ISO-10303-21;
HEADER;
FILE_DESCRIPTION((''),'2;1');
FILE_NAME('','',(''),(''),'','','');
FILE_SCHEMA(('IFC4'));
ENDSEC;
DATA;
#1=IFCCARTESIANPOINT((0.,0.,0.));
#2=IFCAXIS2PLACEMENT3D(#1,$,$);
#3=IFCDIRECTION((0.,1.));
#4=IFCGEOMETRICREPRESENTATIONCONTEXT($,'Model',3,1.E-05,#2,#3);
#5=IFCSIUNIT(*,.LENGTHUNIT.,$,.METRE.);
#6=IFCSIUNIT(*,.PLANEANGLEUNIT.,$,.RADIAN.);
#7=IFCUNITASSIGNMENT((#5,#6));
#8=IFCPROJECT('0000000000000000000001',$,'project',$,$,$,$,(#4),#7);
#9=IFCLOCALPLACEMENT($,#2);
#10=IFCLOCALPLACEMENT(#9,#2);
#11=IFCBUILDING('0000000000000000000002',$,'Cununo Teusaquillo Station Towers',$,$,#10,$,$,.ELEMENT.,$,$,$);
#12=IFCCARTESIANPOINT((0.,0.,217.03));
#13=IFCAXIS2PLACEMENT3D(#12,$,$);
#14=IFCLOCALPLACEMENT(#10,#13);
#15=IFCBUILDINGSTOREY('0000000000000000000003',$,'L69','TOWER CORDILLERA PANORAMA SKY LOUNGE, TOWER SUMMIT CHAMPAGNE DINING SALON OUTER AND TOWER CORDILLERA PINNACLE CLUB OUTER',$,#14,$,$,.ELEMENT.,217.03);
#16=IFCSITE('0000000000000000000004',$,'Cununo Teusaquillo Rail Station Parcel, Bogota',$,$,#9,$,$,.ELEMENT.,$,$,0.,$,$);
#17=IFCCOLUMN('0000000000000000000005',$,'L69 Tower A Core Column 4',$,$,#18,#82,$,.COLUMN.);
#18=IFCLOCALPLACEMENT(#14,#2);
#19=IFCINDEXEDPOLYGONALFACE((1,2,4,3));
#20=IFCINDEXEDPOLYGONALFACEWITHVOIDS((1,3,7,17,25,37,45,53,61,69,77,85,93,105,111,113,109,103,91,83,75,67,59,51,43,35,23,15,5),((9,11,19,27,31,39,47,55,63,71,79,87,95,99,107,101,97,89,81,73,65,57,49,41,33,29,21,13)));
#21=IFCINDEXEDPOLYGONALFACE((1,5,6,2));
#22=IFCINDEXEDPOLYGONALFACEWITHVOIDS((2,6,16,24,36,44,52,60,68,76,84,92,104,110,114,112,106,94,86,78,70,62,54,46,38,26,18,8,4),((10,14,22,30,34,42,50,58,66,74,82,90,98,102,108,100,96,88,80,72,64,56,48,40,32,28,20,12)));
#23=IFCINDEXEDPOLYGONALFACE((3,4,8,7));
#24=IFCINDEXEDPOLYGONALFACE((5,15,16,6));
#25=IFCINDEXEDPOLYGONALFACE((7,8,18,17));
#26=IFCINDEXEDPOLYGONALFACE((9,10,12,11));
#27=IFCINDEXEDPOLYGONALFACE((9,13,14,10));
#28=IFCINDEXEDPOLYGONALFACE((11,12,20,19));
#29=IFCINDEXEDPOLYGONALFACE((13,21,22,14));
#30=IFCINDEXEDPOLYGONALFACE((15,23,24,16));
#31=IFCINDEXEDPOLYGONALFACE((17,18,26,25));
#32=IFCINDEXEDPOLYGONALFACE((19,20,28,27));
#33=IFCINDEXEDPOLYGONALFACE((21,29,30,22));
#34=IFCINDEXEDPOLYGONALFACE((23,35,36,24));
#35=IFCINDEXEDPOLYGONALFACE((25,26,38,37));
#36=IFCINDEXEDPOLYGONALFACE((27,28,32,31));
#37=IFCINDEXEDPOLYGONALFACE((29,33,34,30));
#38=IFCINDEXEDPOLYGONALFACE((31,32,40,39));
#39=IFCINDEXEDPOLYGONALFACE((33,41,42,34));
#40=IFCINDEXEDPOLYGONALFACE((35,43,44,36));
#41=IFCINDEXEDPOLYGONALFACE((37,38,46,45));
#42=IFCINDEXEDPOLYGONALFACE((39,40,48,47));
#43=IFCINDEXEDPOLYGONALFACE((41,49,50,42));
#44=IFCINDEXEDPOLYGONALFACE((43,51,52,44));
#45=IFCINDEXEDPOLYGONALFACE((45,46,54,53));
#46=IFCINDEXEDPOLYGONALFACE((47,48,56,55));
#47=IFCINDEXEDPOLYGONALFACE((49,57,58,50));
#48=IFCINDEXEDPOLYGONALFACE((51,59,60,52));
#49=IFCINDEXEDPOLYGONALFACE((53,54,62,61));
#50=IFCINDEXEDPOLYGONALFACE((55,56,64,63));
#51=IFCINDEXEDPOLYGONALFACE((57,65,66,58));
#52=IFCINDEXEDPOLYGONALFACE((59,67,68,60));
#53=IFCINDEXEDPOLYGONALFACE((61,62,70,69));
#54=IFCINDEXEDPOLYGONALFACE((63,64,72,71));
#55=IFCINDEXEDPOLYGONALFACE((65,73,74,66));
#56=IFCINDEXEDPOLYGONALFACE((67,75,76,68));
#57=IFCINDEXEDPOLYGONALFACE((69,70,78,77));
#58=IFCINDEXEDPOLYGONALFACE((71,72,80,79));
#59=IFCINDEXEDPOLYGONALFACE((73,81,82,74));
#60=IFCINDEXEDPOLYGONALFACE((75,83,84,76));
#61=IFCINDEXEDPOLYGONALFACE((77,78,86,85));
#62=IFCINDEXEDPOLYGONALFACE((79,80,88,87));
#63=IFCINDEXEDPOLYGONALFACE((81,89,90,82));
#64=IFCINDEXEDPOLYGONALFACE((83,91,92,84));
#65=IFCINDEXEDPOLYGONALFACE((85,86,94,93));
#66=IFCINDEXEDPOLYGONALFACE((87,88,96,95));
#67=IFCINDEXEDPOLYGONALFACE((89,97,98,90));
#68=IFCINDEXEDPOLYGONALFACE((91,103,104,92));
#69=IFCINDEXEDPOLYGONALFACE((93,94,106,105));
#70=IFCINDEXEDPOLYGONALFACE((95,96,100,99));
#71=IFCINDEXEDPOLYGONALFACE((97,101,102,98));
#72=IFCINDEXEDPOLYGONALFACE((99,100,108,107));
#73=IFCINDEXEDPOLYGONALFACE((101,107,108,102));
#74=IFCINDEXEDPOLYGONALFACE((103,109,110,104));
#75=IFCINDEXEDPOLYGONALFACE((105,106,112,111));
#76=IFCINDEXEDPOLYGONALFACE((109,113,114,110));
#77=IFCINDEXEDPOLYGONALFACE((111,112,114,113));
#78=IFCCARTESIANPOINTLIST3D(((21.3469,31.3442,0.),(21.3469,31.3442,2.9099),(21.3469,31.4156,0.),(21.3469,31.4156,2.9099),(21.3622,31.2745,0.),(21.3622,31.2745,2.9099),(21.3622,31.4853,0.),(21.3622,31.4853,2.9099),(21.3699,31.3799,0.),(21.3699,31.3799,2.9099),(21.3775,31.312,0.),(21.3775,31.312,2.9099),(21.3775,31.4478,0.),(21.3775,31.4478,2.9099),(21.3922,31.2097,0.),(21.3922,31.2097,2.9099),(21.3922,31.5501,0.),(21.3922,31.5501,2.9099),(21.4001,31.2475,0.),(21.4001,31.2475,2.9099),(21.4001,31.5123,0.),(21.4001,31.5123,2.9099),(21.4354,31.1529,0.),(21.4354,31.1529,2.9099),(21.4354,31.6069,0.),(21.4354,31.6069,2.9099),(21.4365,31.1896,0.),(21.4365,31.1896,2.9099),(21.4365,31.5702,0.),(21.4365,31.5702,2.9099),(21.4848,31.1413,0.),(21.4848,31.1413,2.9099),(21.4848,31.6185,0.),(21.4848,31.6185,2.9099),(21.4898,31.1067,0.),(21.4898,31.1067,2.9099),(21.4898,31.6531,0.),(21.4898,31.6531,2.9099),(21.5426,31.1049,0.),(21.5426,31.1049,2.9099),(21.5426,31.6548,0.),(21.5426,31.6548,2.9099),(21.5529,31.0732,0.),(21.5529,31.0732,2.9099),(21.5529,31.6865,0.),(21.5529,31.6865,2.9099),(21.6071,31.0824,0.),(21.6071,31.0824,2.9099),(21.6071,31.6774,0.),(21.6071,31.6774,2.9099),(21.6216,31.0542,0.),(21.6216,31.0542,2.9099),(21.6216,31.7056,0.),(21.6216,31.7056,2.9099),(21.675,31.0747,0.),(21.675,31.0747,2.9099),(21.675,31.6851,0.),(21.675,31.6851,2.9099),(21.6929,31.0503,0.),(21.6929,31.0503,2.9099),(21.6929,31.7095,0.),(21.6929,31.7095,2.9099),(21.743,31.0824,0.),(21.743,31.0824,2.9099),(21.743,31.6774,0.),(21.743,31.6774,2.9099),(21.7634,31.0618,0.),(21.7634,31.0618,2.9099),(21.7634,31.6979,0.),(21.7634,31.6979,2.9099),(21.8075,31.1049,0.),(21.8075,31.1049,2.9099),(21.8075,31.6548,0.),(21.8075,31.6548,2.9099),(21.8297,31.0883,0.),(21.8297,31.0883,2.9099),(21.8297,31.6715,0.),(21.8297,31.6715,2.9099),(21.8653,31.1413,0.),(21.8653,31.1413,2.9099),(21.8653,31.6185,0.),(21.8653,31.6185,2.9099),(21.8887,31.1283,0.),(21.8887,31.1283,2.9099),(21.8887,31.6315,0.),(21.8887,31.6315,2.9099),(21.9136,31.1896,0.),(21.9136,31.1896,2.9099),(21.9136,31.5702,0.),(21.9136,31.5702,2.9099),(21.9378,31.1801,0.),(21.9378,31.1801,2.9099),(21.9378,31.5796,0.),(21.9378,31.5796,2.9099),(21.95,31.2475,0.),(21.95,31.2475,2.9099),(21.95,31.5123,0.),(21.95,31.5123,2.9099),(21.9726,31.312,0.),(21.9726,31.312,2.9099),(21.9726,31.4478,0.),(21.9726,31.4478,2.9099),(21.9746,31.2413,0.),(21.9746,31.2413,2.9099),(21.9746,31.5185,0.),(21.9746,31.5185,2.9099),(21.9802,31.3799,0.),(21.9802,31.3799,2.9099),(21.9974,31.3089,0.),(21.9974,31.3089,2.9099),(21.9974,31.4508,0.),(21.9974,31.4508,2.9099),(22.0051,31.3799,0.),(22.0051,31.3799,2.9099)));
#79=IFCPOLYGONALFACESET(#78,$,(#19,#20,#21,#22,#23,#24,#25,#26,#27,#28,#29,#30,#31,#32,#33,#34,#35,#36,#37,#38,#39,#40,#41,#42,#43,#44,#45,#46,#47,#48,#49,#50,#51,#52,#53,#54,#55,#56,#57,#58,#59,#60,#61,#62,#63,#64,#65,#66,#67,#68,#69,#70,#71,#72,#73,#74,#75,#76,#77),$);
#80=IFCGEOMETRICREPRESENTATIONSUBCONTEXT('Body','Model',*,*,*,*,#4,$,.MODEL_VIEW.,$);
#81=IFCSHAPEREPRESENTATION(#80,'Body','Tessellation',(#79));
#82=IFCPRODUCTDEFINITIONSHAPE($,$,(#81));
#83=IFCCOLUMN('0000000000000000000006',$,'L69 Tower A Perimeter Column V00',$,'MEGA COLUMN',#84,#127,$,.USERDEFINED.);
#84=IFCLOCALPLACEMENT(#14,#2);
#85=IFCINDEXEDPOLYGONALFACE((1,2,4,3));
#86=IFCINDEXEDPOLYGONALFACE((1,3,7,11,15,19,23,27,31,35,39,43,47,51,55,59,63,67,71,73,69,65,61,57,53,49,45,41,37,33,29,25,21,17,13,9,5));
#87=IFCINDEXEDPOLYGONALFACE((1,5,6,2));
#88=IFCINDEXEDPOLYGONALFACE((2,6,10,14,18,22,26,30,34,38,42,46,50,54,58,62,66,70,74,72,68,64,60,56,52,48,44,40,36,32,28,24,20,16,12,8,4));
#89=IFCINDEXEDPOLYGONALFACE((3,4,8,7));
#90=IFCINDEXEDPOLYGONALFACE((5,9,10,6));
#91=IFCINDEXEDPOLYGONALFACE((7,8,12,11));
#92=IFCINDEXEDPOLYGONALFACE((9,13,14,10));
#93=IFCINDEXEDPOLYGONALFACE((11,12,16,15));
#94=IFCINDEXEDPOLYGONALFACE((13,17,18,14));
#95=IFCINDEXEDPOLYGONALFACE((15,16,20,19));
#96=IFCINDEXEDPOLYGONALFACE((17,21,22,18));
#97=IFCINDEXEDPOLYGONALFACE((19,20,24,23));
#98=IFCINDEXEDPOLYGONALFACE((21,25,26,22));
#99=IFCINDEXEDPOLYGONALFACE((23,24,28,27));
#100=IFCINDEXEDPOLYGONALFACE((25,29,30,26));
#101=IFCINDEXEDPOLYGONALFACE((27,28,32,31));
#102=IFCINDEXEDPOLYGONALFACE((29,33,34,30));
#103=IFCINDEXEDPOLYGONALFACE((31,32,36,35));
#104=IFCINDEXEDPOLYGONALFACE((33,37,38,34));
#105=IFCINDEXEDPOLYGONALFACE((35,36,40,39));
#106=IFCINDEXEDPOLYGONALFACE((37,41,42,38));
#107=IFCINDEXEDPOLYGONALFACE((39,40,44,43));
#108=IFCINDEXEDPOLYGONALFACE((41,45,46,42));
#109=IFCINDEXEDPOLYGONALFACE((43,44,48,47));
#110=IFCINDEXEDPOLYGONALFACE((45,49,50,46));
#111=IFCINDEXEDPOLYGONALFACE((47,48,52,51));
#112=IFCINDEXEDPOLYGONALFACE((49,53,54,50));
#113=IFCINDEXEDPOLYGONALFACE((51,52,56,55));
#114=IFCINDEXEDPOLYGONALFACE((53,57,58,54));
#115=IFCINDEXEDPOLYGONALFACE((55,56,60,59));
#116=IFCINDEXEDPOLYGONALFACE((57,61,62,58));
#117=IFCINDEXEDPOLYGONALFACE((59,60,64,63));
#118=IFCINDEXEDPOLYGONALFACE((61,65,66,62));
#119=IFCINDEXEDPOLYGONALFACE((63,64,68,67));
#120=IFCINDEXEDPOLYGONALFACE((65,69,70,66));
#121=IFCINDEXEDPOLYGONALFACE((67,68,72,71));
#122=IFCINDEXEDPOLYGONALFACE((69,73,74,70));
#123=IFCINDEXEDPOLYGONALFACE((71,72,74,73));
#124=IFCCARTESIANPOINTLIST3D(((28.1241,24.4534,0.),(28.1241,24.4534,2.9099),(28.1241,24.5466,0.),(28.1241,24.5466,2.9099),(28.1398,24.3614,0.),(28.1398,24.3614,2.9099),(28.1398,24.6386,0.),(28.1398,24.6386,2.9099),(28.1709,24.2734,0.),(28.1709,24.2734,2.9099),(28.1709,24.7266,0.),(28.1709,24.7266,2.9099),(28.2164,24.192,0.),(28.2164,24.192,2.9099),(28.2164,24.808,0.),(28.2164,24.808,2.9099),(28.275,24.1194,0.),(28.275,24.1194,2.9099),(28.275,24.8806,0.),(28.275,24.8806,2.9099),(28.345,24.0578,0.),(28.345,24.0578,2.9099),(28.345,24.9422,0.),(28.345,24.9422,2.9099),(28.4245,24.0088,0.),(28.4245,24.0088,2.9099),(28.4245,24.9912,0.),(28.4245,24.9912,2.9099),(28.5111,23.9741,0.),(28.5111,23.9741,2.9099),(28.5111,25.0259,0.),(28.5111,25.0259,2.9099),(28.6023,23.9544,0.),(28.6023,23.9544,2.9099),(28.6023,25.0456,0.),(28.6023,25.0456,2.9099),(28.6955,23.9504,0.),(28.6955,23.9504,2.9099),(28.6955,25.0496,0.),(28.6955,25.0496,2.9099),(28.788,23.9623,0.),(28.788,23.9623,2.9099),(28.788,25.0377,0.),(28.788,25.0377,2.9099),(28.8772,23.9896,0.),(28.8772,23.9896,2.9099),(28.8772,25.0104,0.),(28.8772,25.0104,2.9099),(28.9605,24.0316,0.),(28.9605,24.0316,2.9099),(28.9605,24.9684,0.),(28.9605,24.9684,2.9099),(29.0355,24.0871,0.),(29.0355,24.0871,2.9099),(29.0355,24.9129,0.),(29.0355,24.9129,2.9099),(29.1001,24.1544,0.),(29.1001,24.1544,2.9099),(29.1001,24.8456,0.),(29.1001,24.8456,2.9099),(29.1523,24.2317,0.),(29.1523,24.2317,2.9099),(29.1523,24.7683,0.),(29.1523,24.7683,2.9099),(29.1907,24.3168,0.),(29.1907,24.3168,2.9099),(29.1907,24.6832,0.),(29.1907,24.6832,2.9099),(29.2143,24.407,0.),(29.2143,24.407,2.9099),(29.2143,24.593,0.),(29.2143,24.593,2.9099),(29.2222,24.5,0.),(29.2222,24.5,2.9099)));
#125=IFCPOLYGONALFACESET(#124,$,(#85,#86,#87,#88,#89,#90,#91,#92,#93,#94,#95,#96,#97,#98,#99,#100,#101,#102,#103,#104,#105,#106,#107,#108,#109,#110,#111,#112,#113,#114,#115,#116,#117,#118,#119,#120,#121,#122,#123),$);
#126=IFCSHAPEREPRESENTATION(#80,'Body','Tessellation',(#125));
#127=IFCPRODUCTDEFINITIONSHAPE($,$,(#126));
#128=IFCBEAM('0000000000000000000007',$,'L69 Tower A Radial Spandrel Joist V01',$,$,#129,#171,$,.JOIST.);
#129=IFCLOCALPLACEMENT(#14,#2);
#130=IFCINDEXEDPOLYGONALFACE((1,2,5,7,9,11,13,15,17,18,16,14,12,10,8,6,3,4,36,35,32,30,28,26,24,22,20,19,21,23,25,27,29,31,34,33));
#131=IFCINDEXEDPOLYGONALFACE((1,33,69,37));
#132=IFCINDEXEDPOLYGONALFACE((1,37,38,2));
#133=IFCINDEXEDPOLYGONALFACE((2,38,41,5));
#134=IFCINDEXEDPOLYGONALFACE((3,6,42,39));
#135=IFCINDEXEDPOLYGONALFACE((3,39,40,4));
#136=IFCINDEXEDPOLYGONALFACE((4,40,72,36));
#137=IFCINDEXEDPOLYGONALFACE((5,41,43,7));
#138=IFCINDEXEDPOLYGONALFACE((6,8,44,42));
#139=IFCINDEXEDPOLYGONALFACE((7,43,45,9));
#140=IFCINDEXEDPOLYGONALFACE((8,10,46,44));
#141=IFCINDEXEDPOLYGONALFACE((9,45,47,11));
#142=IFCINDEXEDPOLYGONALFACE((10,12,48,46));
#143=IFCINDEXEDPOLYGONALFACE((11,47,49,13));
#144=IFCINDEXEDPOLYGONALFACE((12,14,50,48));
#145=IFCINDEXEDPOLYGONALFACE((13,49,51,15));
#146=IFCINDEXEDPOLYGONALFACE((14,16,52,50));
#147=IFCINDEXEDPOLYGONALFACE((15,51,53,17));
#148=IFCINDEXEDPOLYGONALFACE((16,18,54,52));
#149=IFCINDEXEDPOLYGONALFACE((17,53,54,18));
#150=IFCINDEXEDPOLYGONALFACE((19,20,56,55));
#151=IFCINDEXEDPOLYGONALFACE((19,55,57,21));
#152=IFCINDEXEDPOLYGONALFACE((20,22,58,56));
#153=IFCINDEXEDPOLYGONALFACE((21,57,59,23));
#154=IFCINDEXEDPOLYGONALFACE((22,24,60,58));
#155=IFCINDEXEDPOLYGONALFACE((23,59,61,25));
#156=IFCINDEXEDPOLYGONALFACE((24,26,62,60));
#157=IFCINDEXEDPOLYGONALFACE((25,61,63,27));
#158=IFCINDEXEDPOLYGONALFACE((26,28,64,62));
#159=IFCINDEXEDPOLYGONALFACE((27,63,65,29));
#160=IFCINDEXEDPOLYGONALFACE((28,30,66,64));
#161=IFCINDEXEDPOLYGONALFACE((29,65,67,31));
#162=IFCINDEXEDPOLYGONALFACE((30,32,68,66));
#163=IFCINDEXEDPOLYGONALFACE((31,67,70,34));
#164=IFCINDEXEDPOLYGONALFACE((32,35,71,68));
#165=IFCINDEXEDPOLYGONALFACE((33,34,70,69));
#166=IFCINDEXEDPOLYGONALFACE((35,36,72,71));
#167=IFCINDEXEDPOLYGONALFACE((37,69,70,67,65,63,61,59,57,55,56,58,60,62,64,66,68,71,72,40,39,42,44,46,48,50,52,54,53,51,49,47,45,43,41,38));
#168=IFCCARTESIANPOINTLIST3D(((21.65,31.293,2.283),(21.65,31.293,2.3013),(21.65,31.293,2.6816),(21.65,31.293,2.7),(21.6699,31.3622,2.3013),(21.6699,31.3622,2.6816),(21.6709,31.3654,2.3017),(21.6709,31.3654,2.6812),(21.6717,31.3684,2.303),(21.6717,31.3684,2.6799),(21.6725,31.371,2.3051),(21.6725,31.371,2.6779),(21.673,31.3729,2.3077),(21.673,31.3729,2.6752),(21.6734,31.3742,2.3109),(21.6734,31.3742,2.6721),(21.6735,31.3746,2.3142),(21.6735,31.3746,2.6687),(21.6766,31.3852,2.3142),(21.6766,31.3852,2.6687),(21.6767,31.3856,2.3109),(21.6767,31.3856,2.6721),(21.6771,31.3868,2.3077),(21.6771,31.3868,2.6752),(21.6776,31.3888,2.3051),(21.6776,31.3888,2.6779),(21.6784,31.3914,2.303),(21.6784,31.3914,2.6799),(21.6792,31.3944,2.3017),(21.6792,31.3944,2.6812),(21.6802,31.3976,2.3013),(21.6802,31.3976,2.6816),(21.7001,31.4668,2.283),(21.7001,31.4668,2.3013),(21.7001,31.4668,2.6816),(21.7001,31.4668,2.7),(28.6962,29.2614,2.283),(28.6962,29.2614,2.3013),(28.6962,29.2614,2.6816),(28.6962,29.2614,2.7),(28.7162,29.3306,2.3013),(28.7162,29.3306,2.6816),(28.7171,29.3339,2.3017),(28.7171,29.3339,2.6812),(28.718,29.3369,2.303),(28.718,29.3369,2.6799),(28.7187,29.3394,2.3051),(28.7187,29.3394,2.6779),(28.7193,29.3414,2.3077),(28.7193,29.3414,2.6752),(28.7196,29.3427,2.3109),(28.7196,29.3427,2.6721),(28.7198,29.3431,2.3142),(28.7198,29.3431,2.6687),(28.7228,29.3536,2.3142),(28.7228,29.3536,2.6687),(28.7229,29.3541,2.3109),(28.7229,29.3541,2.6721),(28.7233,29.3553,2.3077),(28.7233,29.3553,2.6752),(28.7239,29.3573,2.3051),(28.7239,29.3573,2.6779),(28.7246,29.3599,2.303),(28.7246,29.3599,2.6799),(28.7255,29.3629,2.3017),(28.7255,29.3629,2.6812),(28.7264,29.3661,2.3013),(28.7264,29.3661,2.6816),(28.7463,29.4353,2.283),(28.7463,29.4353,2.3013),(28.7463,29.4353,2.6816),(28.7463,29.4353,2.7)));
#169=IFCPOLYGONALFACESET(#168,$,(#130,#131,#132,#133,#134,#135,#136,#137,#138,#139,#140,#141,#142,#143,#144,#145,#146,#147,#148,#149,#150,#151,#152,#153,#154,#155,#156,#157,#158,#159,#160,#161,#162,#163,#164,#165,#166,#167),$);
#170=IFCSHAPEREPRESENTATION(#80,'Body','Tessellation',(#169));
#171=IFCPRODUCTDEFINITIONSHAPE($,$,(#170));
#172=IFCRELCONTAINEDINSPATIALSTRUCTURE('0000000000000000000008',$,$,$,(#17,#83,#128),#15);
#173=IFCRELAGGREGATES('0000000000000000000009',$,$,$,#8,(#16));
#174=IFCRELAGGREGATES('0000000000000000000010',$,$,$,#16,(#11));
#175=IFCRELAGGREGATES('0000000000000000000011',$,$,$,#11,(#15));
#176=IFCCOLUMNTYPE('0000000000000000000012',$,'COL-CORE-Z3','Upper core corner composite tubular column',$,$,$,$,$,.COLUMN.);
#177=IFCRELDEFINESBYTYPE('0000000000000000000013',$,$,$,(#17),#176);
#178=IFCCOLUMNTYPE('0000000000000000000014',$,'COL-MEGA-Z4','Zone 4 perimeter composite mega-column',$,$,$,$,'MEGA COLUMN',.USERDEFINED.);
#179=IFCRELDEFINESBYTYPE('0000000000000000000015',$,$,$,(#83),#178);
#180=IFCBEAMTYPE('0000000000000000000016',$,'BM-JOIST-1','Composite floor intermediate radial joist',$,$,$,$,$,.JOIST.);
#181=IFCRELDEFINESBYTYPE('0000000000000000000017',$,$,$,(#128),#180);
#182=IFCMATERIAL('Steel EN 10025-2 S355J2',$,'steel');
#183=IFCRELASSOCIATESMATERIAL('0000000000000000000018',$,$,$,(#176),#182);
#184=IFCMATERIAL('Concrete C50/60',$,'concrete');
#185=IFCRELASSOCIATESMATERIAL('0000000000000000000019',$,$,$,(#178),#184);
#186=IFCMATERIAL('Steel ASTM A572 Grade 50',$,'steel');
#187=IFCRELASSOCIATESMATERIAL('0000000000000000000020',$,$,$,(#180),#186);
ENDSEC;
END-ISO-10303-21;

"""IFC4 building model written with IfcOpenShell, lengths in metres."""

from ifc_helpers import new_model, si_unit, direction, frame, origin, origin_2d, place, context, subcontext, project, spatial, circle, hollow_circle, i_section, extrude, material, material_profile, profile_set, type_object, element, save


model = new_model("IFC4")

# Units and contexts
model_context = context("Model", 3, precision=1e-05, world=origin(), true_north=direction((0.0, 1.0)))
body_context = subcontext(model_context, "Body", "Model", "MODEL_VIEW")
ifc_project = project(units=[si_unit("LENGTHUNIT", "METRE"), si_unit("PLANEANGLEUNIT", "RADIAN")], contexts=[model_context])

# Site, building, storey
site_placement = place(None, origin())
site = spatial("IfcSite", under=ifc_project, at=site_placement, Name="Cununo Teusaquillo Rail Station Parcel, Bogota", CompositionType="ELEMENT", RefElevation=0.0)
building_placement = place(site_placement, origin())
building = spatial("IfcBuilding", under=site, at=building_placement, Name="Cununo Teusaquillo Station Towers", CompositionType="ELEMENT")
storey_placement = place(building_placement, frame((0.0, 0.0, 217.03)))
storey = spatial("IfcBuildingStorey", under=building, at=storey_placement, Name="L69", Description="TOWER CORDILLERA PANORAMA SKY LOUNGE, TOWER SUMMIT CHAMPAGNE DINING SALON OUTER AND TOWER CORDILLERA PINNACLE CLUB OUTER", CompositionType="ELEMENT", Elevation=217.03)

# Columns
ifc_material_1 = material(Name="Steel EN 10025-2 S355J2", Category="steel")
ifc_material_profile_1 = material_profile(ifc_material_1, hollow_circle(Radius=0.3301, WallThickness=0.0249, at=origin_2d()), Name="CHS 660x25")
ifc_profile_set_1 = profile_set([ifc_material_profile_1], Name="Steel EN 10025-2 S355J2")
column_type_1 = type_object("IfcColumnType", Name="COL-CORE-Z3", Description="Upper core corner composite tubular column", PredefinedType="COLUMN", material=ifc_profile_set_1)
column_1_placement = place(storey_placement, frame((21.675, 31.3799, 0.0), z_axis=(0.0, 0.0, 1.0), x_axis=(1.0, 0.0, 0.0)))
element("IfcColumn", 1, at=column_1_placement, inside=storey, type_object=column_type_1, Name="L69 Tower A Core Column 4", PredefinedType="COLUMN", context=body_context, shape_type="SweptSolid", body=[
    extrude(hollow_circle(Radius=0.3301, WallThickness=0.0249, at=origin_2d()), origin(), (0.0, 0.0, 1.0), 2.9099),
])
ifc_material_2 = material(Name="Concrete C50/60", Category="concrete")
ifc_material_profile_2 = material_profile(ifc_material_2, circle(Radius=0.55, at=origin_2d()), Name="RC-CIRC-1100")
ifc_profile_set_2 = profile_set([ifc_material_profile_2], Name="Concrete C50/60")
column_type_2 = type_object("IfcColumnType", Name="COL-MEGA-Z4", Description="Zone 4 perimeter composite mega-column", ElementType="MEGA COLUMN", PredefinedType="USERDEFINED", material=ifc_profile_set_2)
column_2_placement = place(storey_placement, frame((28.6721, 24.5, 0.0), z_axis=(0.0, 0.0, 1.0), x_axis=(1.0, 0.0, 0.0)))
element("IfcColumn", 2, at=column_2_placement, inside=storey, type_object=column_type_2, Name="L69 Tower A Perimeter Column V00", ObjectType="MEGA COLUMN", PredefinedType="USERDEFINED", context=body_context, shape_type="SweptSolid", body=[
    extrude(circle(Radius=0.55, at=origin_2d()), origin(), (0.0, 0.0, 1.0), 2.9099),
])

# Beam
ifc_material_3 = material(Name="Steel ASTM A572 Grade 50", Category="steel")
ifc_material_profile_3 = material_profile(ifc_material_3, i_section(OverallWidth=0.1809, OverallDepth=0.417, WebThickness=0.011, FlangeThickness=0.0183, FilletRadius=0.0129, at=origin_2d()), Name="W16X57")
ifc_profile_set_3 = profile_set([ifc_material_profile_3], Name="Steel ASTM A572 Grade 50")
beam_type_1 = type_object("IfcBeamType", Name="BM-JOIST-1", Description="Composite floor intermediate radial joist", PredefinedType="JOIST", material=ifc_profile_set_3)
beam_1_placement = place(storey_placement, frame((21.675, 31.3799, 2.4915), z_axis=(0.960862, -0.277029, 0.0), x_axis=(0.277029, 0.960862, 0.0)))
element("IfcBeam", 3, at=beam_1_placement, inside=storey, type_object=beam_type_1, Name="L69 Tower A Radial Spandrel Joist V01", PredefinedType="JOIST", context=body_context, shape_type="SweptSolid", body=[
    extrude(i_section(OverallWidth=0.1809, OverallDepth=0.417, WebThickness=0.011, FlangeThickness=0.0183, FilletRadius=0.0129, at=origin_2d()), origin(), (0.0, 0.0, 1.0), 7.3333),
])

save(model, "model.ifc")
